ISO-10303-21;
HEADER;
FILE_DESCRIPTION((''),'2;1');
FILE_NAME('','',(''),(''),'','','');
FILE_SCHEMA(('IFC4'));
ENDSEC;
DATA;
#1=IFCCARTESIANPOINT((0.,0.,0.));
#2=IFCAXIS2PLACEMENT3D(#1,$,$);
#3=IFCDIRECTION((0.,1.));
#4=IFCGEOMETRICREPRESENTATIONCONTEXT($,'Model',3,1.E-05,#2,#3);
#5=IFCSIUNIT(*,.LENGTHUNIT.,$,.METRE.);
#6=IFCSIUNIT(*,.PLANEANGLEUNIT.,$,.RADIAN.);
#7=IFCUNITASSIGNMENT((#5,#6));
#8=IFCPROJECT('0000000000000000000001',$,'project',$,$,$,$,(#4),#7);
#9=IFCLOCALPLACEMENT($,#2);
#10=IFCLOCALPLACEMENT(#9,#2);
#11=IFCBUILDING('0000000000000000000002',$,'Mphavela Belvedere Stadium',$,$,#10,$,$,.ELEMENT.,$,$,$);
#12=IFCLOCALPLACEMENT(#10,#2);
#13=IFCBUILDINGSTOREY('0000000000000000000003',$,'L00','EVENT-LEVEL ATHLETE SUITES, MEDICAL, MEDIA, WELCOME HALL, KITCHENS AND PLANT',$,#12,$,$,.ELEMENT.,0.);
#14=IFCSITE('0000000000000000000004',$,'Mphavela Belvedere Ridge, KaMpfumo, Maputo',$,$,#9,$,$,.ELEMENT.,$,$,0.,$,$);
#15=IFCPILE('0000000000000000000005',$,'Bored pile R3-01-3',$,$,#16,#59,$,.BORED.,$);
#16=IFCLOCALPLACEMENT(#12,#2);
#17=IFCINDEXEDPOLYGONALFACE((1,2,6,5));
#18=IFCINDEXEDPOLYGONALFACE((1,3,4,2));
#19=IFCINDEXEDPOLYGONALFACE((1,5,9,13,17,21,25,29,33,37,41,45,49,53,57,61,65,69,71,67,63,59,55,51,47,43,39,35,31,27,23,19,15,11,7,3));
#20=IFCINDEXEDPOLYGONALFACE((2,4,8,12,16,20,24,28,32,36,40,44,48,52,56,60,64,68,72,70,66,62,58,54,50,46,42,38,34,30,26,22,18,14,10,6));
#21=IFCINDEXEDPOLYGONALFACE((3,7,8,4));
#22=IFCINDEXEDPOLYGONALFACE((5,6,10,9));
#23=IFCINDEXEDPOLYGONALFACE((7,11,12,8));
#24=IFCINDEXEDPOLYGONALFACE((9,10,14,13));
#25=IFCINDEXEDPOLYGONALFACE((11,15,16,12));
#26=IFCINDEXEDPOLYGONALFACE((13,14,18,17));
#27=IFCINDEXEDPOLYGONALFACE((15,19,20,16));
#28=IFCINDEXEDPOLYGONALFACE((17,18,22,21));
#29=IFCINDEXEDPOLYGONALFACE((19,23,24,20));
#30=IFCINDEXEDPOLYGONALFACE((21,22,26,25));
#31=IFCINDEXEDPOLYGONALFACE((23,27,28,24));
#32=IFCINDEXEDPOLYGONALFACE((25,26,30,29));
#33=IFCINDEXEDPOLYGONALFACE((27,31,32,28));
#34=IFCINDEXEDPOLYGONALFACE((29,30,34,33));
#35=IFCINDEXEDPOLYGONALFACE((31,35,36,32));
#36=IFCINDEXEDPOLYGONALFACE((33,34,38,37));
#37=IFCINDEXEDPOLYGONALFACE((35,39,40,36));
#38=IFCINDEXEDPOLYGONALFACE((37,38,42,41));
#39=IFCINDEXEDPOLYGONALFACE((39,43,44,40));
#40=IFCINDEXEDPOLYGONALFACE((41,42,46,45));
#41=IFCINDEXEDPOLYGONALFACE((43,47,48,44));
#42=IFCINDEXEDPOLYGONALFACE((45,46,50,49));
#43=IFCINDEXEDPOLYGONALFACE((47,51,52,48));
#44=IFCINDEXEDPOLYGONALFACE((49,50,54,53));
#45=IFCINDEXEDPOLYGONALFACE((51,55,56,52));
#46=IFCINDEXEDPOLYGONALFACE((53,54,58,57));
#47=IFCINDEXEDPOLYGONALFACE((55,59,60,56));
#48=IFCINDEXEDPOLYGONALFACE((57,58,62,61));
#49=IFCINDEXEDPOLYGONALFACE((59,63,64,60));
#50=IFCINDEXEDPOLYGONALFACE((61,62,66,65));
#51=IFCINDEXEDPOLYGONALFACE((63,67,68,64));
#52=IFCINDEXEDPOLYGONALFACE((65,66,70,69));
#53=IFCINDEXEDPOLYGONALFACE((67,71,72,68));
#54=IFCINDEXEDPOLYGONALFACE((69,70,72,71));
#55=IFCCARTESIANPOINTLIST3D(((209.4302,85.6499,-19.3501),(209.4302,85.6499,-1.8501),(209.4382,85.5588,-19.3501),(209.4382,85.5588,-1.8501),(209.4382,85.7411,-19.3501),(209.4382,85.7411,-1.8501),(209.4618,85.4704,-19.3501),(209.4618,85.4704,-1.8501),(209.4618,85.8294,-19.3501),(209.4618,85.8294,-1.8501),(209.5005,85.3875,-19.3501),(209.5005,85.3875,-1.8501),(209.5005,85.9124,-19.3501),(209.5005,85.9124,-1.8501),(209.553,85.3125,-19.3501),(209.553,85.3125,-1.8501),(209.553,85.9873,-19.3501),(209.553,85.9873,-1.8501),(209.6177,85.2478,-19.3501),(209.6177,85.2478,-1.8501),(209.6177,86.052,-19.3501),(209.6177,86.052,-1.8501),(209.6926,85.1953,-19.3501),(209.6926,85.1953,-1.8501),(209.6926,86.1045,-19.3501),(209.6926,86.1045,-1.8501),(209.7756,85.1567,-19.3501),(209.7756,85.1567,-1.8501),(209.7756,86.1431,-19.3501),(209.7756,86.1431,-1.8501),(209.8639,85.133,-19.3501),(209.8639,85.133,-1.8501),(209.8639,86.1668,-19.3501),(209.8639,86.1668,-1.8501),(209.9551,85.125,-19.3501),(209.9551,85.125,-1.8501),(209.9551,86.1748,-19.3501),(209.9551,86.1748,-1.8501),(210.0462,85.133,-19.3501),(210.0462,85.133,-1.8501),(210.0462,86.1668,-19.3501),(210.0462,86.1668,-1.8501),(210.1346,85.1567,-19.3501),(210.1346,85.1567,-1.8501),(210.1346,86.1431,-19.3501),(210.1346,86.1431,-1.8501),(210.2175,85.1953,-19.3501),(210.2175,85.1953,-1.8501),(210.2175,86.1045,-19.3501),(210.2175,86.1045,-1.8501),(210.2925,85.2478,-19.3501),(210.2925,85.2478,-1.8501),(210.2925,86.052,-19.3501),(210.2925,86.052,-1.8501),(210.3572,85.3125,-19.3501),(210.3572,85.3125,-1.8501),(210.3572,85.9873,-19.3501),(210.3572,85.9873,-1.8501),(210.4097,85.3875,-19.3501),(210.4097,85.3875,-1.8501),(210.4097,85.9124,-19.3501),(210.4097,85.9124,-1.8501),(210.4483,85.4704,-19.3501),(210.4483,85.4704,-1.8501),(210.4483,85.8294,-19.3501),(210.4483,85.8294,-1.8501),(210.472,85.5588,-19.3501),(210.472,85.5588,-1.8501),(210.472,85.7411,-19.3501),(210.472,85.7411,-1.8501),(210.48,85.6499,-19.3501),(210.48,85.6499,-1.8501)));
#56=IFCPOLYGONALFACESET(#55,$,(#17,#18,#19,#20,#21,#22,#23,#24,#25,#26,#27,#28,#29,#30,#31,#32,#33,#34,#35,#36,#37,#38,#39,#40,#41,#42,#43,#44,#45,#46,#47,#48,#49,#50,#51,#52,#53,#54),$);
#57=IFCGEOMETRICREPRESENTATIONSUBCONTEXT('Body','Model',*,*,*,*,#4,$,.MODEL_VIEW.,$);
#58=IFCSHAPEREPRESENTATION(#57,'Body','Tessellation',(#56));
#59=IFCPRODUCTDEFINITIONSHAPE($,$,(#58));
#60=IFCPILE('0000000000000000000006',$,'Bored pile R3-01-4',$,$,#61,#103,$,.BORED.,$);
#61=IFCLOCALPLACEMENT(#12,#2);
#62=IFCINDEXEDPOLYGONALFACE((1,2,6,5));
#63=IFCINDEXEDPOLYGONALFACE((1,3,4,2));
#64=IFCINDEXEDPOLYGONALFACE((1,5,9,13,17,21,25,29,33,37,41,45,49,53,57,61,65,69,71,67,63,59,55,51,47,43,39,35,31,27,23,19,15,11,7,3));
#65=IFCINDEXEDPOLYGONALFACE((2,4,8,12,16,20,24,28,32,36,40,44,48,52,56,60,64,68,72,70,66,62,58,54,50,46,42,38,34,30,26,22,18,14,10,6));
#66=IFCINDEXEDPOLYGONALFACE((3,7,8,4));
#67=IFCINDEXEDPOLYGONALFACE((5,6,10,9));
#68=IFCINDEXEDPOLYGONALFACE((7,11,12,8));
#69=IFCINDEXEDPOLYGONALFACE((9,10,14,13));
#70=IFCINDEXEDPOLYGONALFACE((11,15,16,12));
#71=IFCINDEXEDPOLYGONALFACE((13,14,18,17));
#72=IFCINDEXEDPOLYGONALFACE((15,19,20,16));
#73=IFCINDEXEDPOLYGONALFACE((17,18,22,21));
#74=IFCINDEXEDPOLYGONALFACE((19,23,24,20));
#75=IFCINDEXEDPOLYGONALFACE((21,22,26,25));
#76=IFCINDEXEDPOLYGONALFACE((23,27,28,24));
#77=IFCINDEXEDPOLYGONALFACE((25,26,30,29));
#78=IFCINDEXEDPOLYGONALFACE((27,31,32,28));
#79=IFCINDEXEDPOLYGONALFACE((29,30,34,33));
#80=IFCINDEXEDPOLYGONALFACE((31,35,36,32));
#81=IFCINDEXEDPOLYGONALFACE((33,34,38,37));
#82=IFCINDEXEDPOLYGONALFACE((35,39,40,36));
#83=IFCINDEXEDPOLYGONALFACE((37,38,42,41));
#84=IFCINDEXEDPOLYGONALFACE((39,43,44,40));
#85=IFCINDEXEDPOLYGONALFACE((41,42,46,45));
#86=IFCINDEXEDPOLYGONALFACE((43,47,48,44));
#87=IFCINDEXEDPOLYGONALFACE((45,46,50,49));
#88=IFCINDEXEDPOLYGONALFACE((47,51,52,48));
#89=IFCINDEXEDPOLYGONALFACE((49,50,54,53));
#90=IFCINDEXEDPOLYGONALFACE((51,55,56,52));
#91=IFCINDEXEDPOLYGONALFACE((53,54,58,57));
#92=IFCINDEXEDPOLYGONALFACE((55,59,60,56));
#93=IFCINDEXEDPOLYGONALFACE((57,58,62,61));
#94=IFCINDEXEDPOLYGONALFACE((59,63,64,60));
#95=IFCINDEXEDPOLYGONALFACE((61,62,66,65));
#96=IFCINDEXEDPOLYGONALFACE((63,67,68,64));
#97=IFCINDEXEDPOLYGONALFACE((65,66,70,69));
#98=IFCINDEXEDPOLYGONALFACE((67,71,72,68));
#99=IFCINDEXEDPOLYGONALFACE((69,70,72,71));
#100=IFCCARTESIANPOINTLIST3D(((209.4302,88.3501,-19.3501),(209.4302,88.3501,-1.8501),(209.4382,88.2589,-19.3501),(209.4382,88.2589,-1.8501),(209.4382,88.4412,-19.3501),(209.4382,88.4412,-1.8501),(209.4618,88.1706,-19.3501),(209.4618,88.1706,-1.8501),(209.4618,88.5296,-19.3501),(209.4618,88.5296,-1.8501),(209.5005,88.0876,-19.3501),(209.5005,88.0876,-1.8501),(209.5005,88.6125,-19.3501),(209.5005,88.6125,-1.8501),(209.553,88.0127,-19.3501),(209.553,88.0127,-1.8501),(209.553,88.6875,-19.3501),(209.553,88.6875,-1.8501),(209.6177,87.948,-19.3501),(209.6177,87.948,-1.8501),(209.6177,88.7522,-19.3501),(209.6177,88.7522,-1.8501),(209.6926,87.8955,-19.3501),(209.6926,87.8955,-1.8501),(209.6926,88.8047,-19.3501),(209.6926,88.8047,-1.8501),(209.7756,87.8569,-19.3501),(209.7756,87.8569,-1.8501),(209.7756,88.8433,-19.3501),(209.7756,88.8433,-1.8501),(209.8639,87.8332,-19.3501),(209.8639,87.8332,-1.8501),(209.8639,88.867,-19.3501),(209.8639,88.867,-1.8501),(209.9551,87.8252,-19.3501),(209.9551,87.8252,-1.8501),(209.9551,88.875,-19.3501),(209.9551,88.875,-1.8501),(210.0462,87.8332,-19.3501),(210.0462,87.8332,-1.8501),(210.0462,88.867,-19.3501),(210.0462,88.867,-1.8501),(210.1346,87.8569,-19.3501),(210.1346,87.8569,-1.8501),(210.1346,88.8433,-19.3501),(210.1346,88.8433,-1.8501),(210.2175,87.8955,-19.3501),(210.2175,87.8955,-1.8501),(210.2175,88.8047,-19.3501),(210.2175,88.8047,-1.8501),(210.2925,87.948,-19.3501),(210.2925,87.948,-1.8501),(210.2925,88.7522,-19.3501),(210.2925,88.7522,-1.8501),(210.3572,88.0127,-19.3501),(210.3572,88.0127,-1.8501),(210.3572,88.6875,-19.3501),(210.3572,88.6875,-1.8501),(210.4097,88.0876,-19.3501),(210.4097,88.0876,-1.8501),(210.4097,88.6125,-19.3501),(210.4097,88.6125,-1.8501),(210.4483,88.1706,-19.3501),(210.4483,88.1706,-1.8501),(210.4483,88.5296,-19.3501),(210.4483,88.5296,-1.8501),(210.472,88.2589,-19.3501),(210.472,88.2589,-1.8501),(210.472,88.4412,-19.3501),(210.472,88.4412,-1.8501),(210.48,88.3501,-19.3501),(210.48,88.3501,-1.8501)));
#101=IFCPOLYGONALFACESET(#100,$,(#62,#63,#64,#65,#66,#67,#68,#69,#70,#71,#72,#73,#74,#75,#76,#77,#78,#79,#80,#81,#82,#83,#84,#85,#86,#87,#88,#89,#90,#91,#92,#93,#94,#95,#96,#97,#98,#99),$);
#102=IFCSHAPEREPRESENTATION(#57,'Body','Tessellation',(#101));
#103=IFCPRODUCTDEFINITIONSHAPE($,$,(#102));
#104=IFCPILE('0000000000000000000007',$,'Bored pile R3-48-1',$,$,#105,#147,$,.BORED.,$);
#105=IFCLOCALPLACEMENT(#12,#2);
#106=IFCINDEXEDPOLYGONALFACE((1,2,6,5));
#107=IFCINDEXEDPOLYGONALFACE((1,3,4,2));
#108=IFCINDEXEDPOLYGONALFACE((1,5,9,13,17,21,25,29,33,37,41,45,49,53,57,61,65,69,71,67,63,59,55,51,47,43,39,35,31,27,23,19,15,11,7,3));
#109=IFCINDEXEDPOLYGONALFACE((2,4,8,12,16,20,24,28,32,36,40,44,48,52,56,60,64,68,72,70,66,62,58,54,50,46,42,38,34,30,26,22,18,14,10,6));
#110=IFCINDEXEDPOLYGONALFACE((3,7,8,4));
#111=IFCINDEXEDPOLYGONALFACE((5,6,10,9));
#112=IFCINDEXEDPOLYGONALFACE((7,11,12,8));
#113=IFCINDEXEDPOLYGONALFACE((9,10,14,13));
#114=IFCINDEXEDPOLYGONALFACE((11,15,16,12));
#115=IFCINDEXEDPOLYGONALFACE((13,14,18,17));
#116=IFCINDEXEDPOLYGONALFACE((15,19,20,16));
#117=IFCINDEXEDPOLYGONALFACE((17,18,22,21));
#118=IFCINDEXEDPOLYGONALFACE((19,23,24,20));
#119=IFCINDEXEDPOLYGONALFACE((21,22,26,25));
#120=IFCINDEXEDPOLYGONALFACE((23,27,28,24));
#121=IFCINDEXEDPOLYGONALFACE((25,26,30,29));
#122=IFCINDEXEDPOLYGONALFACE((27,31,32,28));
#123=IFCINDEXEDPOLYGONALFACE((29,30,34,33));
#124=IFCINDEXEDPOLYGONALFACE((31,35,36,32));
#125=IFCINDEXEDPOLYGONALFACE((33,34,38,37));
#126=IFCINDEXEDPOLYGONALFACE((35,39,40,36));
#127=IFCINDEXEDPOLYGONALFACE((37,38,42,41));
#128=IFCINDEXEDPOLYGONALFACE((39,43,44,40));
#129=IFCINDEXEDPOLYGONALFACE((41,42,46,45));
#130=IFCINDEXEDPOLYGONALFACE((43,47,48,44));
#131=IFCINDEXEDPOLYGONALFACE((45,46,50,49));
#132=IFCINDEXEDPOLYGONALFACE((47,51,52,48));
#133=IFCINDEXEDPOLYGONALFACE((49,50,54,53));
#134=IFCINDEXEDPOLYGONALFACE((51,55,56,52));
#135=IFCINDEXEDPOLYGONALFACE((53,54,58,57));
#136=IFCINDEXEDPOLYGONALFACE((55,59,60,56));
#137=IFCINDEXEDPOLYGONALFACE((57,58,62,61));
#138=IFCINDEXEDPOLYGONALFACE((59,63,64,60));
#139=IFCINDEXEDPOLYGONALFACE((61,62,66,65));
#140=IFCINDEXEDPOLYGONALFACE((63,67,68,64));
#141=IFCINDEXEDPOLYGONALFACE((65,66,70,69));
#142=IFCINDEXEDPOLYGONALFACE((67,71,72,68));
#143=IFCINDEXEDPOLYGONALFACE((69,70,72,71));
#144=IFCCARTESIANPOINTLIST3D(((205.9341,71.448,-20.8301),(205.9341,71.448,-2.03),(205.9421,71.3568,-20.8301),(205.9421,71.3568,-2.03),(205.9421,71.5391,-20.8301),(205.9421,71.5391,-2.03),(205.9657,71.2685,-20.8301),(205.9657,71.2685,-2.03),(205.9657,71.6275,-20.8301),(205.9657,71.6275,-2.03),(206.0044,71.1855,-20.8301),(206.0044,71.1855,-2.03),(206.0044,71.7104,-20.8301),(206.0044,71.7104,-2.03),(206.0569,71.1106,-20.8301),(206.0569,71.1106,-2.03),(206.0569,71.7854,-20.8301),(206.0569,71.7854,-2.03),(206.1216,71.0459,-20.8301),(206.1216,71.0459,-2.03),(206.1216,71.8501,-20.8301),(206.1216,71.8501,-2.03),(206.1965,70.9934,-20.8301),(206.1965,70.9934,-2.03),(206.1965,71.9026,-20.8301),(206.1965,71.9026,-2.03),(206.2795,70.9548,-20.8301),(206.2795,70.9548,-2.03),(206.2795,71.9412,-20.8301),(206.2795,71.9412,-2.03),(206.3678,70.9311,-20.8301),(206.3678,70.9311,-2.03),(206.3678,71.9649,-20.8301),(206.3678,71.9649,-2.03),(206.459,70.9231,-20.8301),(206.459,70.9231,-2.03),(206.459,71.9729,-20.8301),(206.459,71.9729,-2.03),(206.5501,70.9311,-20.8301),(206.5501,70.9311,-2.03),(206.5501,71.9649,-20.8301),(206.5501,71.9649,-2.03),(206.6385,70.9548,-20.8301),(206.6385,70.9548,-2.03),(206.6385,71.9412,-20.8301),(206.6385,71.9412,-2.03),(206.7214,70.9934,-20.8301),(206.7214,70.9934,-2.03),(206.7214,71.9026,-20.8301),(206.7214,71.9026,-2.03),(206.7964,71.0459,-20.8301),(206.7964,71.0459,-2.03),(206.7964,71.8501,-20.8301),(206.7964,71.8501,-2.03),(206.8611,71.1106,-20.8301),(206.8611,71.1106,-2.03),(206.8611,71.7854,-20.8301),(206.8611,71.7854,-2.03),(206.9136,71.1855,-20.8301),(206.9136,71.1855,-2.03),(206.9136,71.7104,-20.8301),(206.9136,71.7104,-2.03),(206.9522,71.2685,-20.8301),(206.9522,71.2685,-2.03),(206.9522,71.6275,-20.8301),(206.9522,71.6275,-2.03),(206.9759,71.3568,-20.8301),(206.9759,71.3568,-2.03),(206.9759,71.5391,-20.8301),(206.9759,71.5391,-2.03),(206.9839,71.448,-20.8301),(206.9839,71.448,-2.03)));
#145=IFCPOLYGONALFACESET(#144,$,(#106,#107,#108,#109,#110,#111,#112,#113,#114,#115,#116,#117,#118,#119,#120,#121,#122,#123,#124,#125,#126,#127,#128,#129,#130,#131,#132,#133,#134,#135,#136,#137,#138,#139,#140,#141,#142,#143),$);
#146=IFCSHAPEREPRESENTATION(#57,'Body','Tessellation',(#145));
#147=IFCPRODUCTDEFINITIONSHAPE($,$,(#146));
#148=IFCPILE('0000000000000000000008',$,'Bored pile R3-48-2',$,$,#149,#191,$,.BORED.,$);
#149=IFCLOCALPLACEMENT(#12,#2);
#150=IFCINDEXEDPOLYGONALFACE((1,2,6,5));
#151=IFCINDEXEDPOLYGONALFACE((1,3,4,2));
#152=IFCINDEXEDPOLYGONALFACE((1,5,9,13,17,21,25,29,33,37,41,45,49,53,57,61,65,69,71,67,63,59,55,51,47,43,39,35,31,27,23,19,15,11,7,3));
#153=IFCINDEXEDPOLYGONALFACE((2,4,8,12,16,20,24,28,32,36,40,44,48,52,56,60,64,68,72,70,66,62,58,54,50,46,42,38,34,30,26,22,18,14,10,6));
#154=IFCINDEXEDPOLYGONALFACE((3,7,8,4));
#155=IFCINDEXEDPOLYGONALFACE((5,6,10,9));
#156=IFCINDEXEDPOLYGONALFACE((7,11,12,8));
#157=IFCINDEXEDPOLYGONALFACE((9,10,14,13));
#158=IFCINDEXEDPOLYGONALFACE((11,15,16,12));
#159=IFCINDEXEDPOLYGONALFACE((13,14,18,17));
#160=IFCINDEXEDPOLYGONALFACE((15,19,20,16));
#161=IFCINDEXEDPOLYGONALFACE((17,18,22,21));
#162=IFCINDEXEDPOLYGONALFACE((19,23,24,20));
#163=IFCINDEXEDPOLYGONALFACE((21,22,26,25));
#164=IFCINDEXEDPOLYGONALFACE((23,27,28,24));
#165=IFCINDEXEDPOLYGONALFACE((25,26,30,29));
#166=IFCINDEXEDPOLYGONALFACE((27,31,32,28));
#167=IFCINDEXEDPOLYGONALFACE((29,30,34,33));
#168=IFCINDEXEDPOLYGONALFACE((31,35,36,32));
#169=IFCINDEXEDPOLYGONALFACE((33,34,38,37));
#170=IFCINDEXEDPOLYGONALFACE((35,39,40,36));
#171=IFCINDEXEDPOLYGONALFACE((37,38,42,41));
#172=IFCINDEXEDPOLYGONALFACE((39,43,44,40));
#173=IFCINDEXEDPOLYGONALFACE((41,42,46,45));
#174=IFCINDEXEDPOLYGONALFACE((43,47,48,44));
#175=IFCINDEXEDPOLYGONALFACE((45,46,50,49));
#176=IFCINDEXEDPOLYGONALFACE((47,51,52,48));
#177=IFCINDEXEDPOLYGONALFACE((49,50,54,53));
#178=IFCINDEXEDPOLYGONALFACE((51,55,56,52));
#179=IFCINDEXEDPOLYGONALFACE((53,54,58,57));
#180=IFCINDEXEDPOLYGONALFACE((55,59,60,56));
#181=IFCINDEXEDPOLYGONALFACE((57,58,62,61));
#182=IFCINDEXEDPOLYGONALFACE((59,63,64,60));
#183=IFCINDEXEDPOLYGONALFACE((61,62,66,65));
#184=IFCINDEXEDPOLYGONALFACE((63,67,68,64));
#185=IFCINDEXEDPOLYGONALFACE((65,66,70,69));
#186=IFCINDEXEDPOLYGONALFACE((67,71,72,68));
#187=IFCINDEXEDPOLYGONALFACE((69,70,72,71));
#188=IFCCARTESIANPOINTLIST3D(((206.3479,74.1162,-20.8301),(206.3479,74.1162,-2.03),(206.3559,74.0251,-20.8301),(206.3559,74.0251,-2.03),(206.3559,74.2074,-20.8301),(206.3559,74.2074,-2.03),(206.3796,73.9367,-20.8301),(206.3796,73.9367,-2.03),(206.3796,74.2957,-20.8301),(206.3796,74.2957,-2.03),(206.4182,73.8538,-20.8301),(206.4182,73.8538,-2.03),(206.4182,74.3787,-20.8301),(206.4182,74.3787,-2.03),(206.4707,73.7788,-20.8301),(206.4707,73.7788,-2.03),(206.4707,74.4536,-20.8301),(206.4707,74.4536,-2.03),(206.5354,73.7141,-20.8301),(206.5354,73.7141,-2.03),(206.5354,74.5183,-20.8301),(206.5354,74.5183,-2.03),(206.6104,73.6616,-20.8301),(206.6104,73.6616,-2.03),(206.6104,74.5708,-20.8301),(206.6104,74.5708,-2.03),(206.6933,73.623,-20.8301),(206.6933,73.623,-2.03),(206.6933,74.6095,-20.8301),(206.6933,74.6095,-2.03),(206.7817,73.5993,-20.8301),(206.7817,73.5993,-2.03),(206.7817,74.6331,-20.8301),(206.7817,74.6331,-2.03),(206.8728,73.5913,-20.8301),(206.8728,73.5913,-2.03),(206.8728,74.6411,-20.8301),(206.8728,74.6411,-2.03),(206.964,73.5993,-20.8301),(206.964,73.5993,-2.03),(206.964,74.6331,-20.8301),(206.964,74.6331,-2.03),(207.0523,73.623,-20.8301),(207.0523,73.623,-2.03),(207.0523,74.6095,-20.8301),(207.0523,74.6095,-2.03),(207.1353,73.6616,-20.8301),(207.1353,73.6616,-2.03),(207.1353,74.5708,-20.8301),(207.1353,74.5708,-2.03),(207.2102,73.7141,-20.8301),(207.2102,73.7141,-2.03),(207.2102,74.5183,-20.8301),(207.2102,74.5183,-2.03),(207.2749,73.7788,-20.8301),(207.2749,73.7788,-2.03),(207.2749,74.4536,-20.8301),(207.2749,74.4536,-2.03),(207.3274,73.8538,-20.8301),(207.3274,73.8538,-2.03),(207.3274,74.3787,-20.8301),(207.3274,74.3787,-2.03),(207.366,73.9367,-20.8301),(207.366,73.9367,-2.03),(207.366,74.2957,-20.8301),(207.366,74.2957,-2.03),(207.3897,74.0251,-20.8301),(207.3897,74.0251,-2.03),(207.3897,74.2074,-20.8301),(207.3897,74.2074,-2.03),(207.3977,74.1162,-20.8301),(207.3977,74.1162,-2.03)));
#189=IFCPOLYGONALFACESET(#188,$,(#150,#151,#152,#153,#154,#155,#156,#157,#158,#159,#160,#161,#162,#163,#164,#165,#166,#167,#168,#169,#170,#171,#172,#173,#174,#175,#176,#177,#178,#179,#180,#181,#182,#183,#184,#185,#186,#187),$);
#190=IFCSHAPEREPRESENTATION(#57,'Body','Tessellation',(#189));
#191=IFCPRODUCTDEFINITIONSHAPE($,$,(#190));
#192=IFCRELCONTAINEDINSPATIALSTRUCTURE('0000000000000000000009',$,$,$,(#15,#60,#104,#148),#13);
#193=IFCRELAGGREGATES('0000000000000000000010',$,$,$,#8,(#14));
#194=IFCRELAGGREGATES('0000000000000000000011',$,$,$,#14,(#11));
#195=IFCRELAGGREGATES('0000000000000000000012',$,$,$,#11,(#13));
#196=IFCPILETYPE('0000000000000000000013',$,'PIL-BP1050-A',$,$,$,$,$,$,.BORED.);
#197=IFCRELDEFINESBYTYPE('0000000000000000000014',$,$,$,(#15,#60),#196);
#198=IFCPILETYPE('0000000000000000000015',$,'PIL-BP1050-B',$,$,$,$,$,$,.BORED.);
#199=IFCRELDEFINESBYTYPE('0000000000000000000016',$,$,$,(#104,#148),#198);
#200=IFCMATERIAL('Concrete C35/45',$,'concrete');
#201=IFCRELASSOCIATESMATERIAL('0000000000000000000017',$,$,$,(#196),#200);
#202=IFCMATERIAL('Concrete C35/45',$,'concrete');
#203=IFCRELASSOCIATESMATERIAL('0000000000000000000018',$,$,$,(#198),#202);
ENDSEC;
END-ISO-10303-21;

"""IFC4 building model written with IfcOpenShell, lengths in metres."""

from ifc_helpers import new_model, si_unit, direction, frame, origin, origin_2d, place, context, subcontext, project, spatial, circle, extrude, material, material_profile, profile_set, type_object, element, save


model = new_model("IFC4")

# Units and contexts
model_context = context("Model", 3, precision=1e-05, world=origin(), true_north=direction((0.0, 1.0)))
body_context = subcontext(model_context, "Body", "Model", "MODEL_VIEW")
ifc_project = project(units=[si_unit("LENGTHUNIT", "METRE"), si_unit("PLANEANGLEUNIT", "RADIAN")], contexts=[model_context])

# Site, building, storey
site_placement = place(None, origin())
site = spatial("IfcSite", under=ifc_project, at=site_placement, Name="Mphavela Belvedere Ridge, KaMpfumo, Maputo", CompositionType="ELEMENT", RefElevation=0.0)
building_placement = place(site_placement, origin())
building = spatial("IfcBuilding", under=site, at=building_placement, Name="Mphavela Belvedere Stadium", CompositionType="ELEMENT")
storey_placement = place(building_placement, origin())
storey = spatial("IfcBuildingStorey", under=building, at=storey_placement, Name="L00", Description="EVENT-LEVEL ATHLETE SUITES, MEDICAL, MEDIA, WELCOME HALL, KITCHENS AND PLANT", CompositionType="ELEMENT", Elevation=0.0)

# Piles
ifc_material_1 = material(Name="Concrete C35/45", Category="concrete")
ifc_material_profile_1 = material_profile(ifc_material_1, circle(Radius=0.5249, at=origin_2d()), Name="BP D1050")
ifc_profile_set_1 = profile_set([ifc_material_profile_1], Name="Concrete C35/45")
pile_type_1 = type_object("IfcPileType", Name="PIL-BP1050-A", PredefinedType="BORED", material=ifc_profile_set_1)
for number, where, z_axis, x_axis, name in (
    (1, (209.9551, 85.6499, -1.8501), (0.0, 0.0, -1.0), (1.0, 0.0, 0.0), "Bored pile R3-01-3"),
    (2, (209.9551, 88.3501, -1.8501), (0.0, 0.0, -1.0), (1.0, 0.0, 0.0), "Bored pile R3-01-4"),
):
    element("IfcPile", number, at=place(storey_placement, frame(where, z_axis=z_axis, x_axis=x_axis)), inside=storey, type_object=pile_type_1, Name=name, PredefinedType="BORED", context=body_context, shape_type="SweptSolid", body=[
        extrude(circle(Radius=0.5249, at=origin_2d()), origin(), (0.0, 0.0, 1.0), 17.5),
    ])
ifc_material_2 = material(Name="Concrete C35/45", Category="concrete")
ifc_material_profile_2 = material_profile(ifc_material_2, circle(Radius=0.5249, at=origin_2d()), Name="BP D1050")
ifc_profile_set_2 = profile_set([ifc_material_profile_2], Name="Concrete C35/45")
pile_type_2 = type_object("IfcPileType", Name="PIL-BP1050-B", PredefinedType="BORED", material=ifc_profile_set_2)
for number, where, z_axis, x_axis, name in (
    (3, (206.459, 71.448, -2.03), (0.0, 0.0, -1.0), (1.0, 0.0, 0.0), "Bored pile R3-48-1"),
    (4, (206.8728, 74.1162, -2.03), (0.0, 0.0, -1.0), (1.0, 0.0, 0.0), "Bored pile R3-48-2"),
):
    element("IfcPile", number, at=place(storey_placement, frame(where, z_axis=z_axis, x_axis=x_axis)), inside=storey, type_object=pile_type_2, Name=name, PredefinedType="BORED", context=body_context, shape_type="SweptSolid", body=[
        extrude(circle(Radius=0.5249, at=origin_2d()), origin(), (0.0, 0.0, 1.0), 18.8),
    ])

save(model, "model.ifc")
